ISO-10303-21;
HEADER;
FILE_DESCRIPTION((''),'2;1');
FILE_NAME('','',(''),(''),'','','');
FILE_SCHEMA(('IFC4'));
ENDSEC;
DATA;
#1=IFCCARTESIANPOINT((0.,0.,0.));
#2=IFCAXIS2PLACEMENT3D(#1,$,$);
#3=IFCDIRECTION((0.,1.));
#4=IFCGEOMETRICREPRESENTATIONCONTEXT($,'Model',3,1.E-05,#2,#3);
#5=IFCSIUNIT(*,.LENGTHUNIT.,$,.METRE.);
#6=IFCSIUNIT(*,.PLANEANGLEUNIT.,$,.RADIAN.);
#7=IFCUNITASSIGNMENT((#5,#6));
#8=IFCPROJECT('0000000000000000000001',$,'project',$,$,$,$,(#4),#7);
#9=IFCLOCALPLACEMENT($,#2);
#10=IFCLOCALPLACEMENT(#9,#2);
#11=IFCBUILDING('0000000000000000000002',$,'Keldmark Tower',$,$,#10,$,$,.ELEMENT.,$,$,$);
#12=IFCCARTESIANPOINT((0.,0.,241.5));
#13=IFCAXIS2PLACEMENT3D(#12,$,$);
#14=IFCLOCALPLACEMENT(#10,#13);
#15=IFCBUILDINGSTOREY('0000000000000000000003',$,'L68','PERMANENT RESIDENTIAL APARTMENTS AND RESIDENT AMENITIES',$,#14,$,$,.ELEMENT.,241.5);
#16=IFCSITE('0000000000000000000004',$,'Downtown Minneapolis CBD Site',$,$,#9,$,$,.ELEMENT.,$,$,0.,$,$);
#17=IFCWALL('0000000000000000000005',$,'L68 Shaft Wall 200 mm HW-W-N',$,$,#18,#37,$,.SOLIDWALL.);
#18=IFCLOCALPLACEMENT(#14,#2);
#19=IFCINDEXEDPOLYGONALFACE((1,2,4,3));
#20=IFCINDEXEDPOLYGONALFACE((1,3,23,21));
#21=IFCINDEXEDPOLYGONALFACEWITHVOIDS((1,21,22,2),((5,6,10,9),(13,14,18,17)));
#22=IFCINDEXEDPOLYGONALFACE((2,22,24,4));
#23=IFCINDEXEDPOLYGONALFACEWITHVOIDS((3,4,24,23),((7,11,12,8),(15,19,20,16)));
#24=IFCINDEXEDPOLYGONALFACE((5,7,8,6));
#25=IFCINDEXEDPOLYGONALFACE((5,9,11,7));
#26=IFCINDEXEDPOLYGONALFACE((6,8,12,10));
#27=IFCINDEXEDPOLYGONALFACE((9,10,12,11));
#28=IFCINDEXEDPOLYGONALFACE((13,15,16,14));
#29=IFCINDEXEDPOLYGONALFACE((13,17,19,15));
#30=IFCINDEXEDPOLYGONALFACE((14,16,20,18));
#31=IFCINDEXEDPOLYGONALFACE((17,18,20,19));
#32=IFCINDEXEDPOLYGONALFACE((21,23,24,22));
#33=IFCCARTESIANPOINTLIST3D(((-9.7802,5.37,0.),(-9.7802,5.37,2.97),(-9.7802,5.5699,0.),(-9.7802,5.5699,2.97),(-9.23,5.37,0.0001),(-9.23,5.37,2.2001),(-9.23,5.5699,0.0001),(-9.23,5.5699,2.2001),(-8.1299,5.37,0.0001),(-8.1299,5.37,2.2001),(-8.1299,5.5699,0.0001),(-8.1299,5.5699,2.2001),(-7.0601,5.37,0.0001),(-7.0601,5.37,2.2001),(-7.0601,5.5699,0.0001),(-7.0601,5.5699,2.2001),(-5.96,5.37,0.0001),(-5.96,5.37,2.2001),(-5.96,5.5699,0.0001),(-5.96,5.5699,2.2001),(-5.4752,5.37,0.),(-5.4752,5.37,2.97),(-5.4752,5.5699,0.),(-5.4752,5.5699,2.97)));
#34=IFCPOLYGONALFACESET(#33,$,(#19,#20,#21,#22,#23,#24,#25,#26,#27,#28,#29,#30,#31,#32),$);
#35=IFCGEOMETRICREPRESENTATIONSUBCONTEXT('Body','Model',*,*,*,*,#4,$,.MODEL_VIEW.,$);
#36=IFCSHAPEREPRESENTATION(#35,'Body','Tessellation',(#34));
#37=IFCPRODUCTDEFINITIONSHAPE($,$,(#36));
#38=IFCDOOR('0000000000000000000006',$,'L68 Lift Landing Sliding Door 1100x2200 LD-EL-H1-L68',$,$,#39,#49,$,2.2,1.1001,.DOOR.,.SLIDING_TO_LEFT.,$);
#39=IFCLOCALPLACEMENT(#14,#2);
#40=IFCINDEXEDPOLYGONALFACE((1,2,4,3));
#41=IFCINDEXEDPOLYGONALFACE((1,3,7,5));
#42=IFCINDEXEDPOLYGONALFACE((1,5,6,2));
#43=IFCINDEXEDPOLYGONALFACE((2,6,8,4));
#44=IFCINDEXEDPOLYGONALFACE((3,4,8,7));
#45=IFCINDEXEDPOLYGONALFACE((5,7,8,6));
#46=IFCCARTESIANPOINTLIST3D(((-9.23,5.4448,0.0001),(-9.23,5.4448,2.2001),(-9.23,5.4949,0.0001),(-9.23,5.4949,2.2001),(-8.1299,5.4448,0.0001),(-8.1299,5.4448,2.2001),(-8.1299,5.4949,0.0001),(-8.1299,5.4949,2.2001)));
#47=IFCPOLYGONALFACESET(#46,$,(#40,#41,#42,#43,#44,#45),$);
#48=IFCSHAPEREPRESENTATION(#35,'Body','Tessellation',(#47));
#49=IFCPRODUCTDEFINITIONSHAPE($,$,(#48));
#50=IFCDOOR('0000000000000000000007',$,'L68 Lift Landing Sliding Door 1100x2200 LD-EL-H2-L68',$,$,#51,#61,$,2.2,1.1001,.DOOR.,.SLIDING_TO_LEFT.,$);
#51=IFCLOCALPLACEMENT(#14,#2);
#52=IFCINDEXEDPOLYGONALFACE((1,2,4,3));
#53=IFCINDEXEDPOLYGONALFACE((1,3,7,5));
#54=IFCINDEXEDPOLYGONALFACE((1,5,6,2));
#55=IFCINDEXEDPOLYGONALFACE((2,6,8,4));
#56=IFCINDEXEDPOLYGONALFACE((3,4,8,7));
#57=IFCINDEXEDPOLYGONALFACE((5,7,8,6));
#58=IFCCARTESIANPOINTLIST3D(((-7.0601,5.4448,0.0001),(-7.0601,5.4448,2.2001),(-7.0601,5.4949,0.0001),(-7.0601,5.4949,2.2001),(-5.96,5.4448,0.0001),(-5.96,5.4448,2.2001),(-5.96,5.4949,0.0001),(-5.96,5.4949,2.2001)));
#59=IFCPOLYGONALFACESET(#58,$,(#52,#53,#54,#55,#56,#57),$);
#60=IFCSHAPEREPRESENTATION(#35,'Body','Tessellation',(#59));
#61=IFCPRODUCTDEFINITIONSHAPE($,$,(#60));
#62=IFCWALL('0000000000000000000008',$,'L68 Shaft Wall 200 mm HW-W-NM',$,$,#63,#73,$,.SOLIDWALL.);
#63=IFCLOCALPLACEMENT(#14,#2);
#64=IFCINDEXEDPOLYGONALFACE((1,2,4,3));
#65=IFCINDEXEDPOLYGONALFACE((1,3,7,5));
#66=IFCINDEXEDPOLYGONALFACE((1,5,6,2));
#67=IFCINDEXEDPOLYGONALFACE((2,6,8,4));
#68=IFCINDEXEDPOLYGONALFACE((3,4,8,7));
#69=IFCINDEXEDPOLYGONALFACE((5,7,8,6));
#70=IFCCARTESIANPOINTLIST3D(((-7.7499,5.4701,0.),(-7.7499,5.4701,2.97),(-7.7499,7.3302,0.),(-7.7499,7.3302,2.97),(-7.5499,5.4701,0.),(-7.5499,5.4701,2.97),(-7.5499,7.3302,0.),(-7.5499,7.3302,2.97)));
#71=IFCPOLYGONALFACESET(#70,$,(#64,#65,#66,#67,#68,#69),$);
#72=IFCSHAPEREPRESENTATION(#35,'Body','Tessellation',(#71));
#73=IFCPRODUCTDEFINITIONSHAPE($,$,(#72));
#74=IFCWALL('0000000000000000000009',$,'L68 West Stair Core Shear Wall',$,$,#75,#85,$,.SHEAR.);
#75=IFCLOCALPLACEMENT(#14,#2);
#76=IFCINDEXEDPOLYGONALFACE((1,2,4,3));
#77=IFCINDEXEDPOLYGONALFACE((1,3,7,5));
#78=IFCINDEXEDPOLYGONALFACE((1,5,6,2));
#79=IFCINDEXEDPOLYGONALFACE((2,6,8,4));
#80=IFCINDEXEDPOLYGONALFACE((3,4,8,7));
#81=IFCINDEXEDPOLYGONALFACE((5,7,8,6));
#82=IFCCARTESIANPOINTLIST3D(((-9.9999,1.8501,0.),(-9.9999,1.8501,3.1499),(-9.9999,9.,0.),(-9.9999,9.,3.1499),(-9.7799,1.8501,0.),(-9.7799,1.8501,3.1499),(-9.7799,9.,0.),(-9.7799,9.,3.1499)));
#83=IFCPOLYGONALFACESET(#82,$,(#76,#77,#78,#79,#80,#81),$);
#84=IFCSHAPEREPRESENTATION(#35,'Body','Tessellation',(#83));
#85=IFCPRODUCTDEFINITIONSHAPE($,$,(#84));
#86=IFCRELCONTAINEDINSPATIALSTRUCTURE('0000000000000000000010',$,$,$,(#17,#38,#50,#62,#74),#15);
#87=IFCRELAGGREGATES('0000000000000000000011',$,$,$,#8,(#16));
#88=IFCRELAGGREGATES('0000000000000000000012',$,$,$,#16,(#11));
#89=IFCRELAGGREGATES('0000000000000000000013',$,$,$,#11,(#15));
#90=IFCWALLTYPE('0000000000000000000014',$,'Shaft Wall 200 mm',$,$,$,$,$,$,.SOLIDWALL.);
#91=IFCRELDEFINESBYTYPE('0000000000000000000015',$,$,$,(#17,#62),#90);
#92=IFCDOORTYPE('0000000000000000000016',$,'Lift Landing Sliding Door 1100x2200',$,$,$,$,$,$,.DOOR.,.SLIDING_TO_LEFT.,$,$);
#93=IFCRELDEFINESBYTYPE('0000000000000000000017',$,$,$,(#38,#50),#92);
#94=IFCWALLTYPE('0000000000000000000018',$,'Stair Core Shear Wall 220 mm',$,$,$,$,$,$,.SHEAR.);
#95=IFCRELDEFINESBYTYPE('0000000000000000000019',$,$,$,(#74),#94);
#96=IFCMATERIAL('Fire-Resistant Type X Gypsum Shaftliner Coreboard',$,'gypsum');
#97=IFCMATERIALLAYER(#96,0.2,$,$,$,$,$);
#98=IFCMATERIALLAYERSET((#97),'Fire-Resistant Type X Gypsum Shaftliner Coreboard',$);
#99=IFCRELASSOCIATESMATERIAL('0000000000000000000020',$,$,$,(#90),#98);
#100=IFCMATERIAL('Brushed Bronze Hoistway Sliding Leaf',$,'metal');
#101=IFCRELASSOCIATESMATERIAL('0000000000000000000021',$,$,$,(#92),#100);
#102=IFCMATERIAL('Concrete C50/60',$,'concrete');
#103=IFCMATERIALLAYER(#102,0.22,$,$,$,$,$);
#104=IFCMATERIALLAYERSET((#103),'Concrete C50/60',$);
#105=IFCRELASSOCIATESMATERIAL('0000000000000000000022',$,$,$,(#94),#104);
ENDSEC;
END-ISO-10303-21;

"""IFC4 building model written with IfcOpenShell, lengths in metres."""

from ifc_helpers import new_model, si_unit, direction, frame, frame_2d, origin, place, context, subcontext, project, spatial, rectangle, extrude, material, layer, layer_set, type_object, element, fill, save


model = new_model("IFC4")

# Units and contexts
model_context = context("Model", 3, precision=1e-05, world=origin(), true_north=direction((0.0, 1.0)))
body_context = subcontext(model_context, "Body", "Model", "MODEL_VIEW")
ifc_project = project(units=[si_unit("LENGTHUNIT", "METRE"), si_unit("PLANEANGLEUNIT", "RADIAN")], contexts=[model_context])

# Site, building, storey
site_placement = place(None, origin())
site = spatial("IfcSite", under=ifc_project, at=site_placement, Name="Downtown Minneapolis CBD Site", CompositionType="ELEMENT", RefElevation=0.0)
building_placement = place(site_placement, origin())
building = spatial("IfcBuilding", under=site, at=building_placement, Name="Keldmark Tower", CompositionType="ELEMENT")
storey_placement = place(building_placement, frame((0.0, 0.0, 241.5)))
storey = spatial("IfcBuildingStorey", under=building, at=storey_placement, Name="L68", Description="PERMANENT RESIDENTIAL APARTMENTS AND RESIDENT AMENITIES", CompositionType="ELEMENT", Elevation=241.5)

# Shared definitions
ifc_material_1 = material(Name="Fire-Resistant Type X Gypsum Shaftliner Coreboard", Category="gypsum")
ifc_layer_1 = layer(ifc_material_1, 0.2)
ifc_layer_set_1 = layer_set([ifc_layer_1], Name="Fire-Resistant Type X Gypsum Shaftliner Coreboard")
wall_type_1 = type_object("IfcWallType", Name="Shaft Wall 200 mm", PredefinedType="SOLIDWALL", material=ifc_layer_set_1)
ifc_material_2 = material(Name="Brushed Bronze Hoistway Sliding Leaf", Category="metal")
door_type_1 = type_object("IfcDoorType", Name="Lift Landing Sliding Door 1100x2200", OperationType="SLIDING_TO_LEFT", PredefinedType="DOOR", material=ifc_material_2)

# Wall, openings, doors
wall_1_placement = place(storey_placement, frame((-9.78, 5.47, 0.0), z_axis=(0.0, 0.0, 1.0), x_axis=(1.0, 0.0, 0.0)))
wall_1 = element("IfcWall", 1, at=wall_1_placement, inside=storey, type_object=wall_type_1, Name="L68 Shaft Wall 200 mm HW-W-N", PredefinedType="SOLIDWALL", context=body_context, shape_type="SweptSolid", body=[
    extrude(rectangle(XDim=4.3049, YDim=0.2, at=frame_2d((2.1523, 0.0))), origin(), (0.0, 0.0, 1.0), 2.97),
])
opening_1_placement = place(wall_1_placement, frame((0.55, 0.0, 0.0)))
opening_1 = element("IfcOpeningElement", 2, at=opening_1_placement, cuts=wall_1, PredefinedType="OPENING", context=body_context, shape_type="SweptSolid", body=[
    extrude(rectangle(XDim=1.1001, YDim=2.2, at=frame_2d((0.55, 1.1001))), frame((0.0, 0.1099, 0.0), z_axis=(0.0, -1.0, 0.0), x_axis=(1.0, 0.0, 0.0)), (0.0, 0.0, 1.0), 0.22),
])
opening_2_placement = place(wall_1_placement, frame((2.72, 0.0, 0.0)))
opening_2 = element("IfcOpeningElement", 3, at=opening_2_placement, cuts=wall_1, PredefinedType="OPENING", context=body_context, shape_type="SweptSolid", body=[
    extrude(rectangle(XDim=1.1001, YDim=2.2, at=frame_2d((0.55, 1.1001))), frame((0.0, 0.1099, 0.0), z_axis=(0.0, -1.0, 0.0), x_axis=(1.0, 0.0, 0.0)), (0.0, 0.0, 1.0), 0.22),
])
door_1_placement = place(opening_1_placement, origin())
door_1 = element("IfcDoor", 4, at=door_1_placement, inside=storey, type_object=door_type_1, Name="L68 Lift Landing Sliding Door 1100x2200 LD-EL-H1-L68", OperationType="SLIDING_TO_LEFT", OverallHeight=2.2, OverallWidth=1.1001, PredefinedType="DOOR", context=body_context, shape_type="SweptSolid", body=[
    extrude(rectangle(XDim=1.1001, YDim=2.2, at=frame_2d((0.55, 1.1001))), frame((0.0, 0.0249, 0.0), z_axis=(0.0, -1.0, 0.0), x_axis=(1.0, 0.0, 0.0)), (0.0, 0.0, 1.0), 0.05),
])
fill(opening_1, door_1)
door_2_placement = place(opening_2_placement, origin())
door_2 = element("IfcDoor", 5, at=door_2_placement, inside=storey, type_object=door_type_1, Name="L68 Lift Landing Sliding Door 1100x2200 LD-EL-H2-L68", OperationType="SLIDING_TO_LEFT", OverallHeight=2.2, OverallWidth=1.1001, PredefinedType="DOOR", context=body_context, shape_type="SweptSolid", body=[
    extrude(rectangle(XDim=1.1001, YDim=2.2, at=frame_2d((0.55, 1.1001))), frame((0.0, 0.0249, 0.0), z_axis=(0.0, -1.0, 0.0), x_axis=(1.0, 0.0, 0.0)), (0.0, 0.0, 1.0), 0.05),
])
fill(opening_2, door_2)

# Walls
wall_2_placement = place(storey_placement, frame((-7.6499, 5.47, 0.0), z_axis=(0.0, 0.0, 1.0), x_axis=(0.0, 1.0, 0.0)))
element("IfcWall", 6, at=wall_2_placement, inside=storey, type_object=wall_type_1, Name="L68 Shaft Wall 200 mm HW-W-NM", PredefinedType="SOLIDWALL", context=body_context, shape_type="SweptSolid", body=[
    extrude(rectangle(XDim=1.8601, YDim=0.2, at=frame_2d((0.9302, 0.0))), origin(), (0.0, 0.0, 1.0), 2.97),
])
ifc_material_3 = material(Name="Concrete C50/60", Category="concrete")
ifc_layer_2 = layer(ifc_material_3, 0.22)
ifc_layer_set_2 = layer_set([ifc_layer_2], Name="Concrete C50/60")
wall_type_2 = type_object("IfcWallType", Name="Stair Core Shear Wall 220 mm", PredefinedType="SHEAR", material=ifc_layer_set_2)
wall_3_placement = place(storey_placement, frame((-9.8899, 1.8501, 0.0), z_axis=(0.0, 0.0, 1.0), x_axis=(0.0, 1.0, 0.0)))
element("IfcWall", 7, at=wall_3_placement, inside=storey, type_object=wall_type_2, Name="L68 West Stair Core Shear Wall", PredefinedType="SHEAR", context=body_context, shape_type="SweptSolid", body=[
    extrude(rectangle(XDim=7.1499, YDim=0.22, at=frame_2d((3.575, 0.0))), origin(), (0.0, 0.0, 1.0), 3.1499),
])

save(model, "model.ifc")
